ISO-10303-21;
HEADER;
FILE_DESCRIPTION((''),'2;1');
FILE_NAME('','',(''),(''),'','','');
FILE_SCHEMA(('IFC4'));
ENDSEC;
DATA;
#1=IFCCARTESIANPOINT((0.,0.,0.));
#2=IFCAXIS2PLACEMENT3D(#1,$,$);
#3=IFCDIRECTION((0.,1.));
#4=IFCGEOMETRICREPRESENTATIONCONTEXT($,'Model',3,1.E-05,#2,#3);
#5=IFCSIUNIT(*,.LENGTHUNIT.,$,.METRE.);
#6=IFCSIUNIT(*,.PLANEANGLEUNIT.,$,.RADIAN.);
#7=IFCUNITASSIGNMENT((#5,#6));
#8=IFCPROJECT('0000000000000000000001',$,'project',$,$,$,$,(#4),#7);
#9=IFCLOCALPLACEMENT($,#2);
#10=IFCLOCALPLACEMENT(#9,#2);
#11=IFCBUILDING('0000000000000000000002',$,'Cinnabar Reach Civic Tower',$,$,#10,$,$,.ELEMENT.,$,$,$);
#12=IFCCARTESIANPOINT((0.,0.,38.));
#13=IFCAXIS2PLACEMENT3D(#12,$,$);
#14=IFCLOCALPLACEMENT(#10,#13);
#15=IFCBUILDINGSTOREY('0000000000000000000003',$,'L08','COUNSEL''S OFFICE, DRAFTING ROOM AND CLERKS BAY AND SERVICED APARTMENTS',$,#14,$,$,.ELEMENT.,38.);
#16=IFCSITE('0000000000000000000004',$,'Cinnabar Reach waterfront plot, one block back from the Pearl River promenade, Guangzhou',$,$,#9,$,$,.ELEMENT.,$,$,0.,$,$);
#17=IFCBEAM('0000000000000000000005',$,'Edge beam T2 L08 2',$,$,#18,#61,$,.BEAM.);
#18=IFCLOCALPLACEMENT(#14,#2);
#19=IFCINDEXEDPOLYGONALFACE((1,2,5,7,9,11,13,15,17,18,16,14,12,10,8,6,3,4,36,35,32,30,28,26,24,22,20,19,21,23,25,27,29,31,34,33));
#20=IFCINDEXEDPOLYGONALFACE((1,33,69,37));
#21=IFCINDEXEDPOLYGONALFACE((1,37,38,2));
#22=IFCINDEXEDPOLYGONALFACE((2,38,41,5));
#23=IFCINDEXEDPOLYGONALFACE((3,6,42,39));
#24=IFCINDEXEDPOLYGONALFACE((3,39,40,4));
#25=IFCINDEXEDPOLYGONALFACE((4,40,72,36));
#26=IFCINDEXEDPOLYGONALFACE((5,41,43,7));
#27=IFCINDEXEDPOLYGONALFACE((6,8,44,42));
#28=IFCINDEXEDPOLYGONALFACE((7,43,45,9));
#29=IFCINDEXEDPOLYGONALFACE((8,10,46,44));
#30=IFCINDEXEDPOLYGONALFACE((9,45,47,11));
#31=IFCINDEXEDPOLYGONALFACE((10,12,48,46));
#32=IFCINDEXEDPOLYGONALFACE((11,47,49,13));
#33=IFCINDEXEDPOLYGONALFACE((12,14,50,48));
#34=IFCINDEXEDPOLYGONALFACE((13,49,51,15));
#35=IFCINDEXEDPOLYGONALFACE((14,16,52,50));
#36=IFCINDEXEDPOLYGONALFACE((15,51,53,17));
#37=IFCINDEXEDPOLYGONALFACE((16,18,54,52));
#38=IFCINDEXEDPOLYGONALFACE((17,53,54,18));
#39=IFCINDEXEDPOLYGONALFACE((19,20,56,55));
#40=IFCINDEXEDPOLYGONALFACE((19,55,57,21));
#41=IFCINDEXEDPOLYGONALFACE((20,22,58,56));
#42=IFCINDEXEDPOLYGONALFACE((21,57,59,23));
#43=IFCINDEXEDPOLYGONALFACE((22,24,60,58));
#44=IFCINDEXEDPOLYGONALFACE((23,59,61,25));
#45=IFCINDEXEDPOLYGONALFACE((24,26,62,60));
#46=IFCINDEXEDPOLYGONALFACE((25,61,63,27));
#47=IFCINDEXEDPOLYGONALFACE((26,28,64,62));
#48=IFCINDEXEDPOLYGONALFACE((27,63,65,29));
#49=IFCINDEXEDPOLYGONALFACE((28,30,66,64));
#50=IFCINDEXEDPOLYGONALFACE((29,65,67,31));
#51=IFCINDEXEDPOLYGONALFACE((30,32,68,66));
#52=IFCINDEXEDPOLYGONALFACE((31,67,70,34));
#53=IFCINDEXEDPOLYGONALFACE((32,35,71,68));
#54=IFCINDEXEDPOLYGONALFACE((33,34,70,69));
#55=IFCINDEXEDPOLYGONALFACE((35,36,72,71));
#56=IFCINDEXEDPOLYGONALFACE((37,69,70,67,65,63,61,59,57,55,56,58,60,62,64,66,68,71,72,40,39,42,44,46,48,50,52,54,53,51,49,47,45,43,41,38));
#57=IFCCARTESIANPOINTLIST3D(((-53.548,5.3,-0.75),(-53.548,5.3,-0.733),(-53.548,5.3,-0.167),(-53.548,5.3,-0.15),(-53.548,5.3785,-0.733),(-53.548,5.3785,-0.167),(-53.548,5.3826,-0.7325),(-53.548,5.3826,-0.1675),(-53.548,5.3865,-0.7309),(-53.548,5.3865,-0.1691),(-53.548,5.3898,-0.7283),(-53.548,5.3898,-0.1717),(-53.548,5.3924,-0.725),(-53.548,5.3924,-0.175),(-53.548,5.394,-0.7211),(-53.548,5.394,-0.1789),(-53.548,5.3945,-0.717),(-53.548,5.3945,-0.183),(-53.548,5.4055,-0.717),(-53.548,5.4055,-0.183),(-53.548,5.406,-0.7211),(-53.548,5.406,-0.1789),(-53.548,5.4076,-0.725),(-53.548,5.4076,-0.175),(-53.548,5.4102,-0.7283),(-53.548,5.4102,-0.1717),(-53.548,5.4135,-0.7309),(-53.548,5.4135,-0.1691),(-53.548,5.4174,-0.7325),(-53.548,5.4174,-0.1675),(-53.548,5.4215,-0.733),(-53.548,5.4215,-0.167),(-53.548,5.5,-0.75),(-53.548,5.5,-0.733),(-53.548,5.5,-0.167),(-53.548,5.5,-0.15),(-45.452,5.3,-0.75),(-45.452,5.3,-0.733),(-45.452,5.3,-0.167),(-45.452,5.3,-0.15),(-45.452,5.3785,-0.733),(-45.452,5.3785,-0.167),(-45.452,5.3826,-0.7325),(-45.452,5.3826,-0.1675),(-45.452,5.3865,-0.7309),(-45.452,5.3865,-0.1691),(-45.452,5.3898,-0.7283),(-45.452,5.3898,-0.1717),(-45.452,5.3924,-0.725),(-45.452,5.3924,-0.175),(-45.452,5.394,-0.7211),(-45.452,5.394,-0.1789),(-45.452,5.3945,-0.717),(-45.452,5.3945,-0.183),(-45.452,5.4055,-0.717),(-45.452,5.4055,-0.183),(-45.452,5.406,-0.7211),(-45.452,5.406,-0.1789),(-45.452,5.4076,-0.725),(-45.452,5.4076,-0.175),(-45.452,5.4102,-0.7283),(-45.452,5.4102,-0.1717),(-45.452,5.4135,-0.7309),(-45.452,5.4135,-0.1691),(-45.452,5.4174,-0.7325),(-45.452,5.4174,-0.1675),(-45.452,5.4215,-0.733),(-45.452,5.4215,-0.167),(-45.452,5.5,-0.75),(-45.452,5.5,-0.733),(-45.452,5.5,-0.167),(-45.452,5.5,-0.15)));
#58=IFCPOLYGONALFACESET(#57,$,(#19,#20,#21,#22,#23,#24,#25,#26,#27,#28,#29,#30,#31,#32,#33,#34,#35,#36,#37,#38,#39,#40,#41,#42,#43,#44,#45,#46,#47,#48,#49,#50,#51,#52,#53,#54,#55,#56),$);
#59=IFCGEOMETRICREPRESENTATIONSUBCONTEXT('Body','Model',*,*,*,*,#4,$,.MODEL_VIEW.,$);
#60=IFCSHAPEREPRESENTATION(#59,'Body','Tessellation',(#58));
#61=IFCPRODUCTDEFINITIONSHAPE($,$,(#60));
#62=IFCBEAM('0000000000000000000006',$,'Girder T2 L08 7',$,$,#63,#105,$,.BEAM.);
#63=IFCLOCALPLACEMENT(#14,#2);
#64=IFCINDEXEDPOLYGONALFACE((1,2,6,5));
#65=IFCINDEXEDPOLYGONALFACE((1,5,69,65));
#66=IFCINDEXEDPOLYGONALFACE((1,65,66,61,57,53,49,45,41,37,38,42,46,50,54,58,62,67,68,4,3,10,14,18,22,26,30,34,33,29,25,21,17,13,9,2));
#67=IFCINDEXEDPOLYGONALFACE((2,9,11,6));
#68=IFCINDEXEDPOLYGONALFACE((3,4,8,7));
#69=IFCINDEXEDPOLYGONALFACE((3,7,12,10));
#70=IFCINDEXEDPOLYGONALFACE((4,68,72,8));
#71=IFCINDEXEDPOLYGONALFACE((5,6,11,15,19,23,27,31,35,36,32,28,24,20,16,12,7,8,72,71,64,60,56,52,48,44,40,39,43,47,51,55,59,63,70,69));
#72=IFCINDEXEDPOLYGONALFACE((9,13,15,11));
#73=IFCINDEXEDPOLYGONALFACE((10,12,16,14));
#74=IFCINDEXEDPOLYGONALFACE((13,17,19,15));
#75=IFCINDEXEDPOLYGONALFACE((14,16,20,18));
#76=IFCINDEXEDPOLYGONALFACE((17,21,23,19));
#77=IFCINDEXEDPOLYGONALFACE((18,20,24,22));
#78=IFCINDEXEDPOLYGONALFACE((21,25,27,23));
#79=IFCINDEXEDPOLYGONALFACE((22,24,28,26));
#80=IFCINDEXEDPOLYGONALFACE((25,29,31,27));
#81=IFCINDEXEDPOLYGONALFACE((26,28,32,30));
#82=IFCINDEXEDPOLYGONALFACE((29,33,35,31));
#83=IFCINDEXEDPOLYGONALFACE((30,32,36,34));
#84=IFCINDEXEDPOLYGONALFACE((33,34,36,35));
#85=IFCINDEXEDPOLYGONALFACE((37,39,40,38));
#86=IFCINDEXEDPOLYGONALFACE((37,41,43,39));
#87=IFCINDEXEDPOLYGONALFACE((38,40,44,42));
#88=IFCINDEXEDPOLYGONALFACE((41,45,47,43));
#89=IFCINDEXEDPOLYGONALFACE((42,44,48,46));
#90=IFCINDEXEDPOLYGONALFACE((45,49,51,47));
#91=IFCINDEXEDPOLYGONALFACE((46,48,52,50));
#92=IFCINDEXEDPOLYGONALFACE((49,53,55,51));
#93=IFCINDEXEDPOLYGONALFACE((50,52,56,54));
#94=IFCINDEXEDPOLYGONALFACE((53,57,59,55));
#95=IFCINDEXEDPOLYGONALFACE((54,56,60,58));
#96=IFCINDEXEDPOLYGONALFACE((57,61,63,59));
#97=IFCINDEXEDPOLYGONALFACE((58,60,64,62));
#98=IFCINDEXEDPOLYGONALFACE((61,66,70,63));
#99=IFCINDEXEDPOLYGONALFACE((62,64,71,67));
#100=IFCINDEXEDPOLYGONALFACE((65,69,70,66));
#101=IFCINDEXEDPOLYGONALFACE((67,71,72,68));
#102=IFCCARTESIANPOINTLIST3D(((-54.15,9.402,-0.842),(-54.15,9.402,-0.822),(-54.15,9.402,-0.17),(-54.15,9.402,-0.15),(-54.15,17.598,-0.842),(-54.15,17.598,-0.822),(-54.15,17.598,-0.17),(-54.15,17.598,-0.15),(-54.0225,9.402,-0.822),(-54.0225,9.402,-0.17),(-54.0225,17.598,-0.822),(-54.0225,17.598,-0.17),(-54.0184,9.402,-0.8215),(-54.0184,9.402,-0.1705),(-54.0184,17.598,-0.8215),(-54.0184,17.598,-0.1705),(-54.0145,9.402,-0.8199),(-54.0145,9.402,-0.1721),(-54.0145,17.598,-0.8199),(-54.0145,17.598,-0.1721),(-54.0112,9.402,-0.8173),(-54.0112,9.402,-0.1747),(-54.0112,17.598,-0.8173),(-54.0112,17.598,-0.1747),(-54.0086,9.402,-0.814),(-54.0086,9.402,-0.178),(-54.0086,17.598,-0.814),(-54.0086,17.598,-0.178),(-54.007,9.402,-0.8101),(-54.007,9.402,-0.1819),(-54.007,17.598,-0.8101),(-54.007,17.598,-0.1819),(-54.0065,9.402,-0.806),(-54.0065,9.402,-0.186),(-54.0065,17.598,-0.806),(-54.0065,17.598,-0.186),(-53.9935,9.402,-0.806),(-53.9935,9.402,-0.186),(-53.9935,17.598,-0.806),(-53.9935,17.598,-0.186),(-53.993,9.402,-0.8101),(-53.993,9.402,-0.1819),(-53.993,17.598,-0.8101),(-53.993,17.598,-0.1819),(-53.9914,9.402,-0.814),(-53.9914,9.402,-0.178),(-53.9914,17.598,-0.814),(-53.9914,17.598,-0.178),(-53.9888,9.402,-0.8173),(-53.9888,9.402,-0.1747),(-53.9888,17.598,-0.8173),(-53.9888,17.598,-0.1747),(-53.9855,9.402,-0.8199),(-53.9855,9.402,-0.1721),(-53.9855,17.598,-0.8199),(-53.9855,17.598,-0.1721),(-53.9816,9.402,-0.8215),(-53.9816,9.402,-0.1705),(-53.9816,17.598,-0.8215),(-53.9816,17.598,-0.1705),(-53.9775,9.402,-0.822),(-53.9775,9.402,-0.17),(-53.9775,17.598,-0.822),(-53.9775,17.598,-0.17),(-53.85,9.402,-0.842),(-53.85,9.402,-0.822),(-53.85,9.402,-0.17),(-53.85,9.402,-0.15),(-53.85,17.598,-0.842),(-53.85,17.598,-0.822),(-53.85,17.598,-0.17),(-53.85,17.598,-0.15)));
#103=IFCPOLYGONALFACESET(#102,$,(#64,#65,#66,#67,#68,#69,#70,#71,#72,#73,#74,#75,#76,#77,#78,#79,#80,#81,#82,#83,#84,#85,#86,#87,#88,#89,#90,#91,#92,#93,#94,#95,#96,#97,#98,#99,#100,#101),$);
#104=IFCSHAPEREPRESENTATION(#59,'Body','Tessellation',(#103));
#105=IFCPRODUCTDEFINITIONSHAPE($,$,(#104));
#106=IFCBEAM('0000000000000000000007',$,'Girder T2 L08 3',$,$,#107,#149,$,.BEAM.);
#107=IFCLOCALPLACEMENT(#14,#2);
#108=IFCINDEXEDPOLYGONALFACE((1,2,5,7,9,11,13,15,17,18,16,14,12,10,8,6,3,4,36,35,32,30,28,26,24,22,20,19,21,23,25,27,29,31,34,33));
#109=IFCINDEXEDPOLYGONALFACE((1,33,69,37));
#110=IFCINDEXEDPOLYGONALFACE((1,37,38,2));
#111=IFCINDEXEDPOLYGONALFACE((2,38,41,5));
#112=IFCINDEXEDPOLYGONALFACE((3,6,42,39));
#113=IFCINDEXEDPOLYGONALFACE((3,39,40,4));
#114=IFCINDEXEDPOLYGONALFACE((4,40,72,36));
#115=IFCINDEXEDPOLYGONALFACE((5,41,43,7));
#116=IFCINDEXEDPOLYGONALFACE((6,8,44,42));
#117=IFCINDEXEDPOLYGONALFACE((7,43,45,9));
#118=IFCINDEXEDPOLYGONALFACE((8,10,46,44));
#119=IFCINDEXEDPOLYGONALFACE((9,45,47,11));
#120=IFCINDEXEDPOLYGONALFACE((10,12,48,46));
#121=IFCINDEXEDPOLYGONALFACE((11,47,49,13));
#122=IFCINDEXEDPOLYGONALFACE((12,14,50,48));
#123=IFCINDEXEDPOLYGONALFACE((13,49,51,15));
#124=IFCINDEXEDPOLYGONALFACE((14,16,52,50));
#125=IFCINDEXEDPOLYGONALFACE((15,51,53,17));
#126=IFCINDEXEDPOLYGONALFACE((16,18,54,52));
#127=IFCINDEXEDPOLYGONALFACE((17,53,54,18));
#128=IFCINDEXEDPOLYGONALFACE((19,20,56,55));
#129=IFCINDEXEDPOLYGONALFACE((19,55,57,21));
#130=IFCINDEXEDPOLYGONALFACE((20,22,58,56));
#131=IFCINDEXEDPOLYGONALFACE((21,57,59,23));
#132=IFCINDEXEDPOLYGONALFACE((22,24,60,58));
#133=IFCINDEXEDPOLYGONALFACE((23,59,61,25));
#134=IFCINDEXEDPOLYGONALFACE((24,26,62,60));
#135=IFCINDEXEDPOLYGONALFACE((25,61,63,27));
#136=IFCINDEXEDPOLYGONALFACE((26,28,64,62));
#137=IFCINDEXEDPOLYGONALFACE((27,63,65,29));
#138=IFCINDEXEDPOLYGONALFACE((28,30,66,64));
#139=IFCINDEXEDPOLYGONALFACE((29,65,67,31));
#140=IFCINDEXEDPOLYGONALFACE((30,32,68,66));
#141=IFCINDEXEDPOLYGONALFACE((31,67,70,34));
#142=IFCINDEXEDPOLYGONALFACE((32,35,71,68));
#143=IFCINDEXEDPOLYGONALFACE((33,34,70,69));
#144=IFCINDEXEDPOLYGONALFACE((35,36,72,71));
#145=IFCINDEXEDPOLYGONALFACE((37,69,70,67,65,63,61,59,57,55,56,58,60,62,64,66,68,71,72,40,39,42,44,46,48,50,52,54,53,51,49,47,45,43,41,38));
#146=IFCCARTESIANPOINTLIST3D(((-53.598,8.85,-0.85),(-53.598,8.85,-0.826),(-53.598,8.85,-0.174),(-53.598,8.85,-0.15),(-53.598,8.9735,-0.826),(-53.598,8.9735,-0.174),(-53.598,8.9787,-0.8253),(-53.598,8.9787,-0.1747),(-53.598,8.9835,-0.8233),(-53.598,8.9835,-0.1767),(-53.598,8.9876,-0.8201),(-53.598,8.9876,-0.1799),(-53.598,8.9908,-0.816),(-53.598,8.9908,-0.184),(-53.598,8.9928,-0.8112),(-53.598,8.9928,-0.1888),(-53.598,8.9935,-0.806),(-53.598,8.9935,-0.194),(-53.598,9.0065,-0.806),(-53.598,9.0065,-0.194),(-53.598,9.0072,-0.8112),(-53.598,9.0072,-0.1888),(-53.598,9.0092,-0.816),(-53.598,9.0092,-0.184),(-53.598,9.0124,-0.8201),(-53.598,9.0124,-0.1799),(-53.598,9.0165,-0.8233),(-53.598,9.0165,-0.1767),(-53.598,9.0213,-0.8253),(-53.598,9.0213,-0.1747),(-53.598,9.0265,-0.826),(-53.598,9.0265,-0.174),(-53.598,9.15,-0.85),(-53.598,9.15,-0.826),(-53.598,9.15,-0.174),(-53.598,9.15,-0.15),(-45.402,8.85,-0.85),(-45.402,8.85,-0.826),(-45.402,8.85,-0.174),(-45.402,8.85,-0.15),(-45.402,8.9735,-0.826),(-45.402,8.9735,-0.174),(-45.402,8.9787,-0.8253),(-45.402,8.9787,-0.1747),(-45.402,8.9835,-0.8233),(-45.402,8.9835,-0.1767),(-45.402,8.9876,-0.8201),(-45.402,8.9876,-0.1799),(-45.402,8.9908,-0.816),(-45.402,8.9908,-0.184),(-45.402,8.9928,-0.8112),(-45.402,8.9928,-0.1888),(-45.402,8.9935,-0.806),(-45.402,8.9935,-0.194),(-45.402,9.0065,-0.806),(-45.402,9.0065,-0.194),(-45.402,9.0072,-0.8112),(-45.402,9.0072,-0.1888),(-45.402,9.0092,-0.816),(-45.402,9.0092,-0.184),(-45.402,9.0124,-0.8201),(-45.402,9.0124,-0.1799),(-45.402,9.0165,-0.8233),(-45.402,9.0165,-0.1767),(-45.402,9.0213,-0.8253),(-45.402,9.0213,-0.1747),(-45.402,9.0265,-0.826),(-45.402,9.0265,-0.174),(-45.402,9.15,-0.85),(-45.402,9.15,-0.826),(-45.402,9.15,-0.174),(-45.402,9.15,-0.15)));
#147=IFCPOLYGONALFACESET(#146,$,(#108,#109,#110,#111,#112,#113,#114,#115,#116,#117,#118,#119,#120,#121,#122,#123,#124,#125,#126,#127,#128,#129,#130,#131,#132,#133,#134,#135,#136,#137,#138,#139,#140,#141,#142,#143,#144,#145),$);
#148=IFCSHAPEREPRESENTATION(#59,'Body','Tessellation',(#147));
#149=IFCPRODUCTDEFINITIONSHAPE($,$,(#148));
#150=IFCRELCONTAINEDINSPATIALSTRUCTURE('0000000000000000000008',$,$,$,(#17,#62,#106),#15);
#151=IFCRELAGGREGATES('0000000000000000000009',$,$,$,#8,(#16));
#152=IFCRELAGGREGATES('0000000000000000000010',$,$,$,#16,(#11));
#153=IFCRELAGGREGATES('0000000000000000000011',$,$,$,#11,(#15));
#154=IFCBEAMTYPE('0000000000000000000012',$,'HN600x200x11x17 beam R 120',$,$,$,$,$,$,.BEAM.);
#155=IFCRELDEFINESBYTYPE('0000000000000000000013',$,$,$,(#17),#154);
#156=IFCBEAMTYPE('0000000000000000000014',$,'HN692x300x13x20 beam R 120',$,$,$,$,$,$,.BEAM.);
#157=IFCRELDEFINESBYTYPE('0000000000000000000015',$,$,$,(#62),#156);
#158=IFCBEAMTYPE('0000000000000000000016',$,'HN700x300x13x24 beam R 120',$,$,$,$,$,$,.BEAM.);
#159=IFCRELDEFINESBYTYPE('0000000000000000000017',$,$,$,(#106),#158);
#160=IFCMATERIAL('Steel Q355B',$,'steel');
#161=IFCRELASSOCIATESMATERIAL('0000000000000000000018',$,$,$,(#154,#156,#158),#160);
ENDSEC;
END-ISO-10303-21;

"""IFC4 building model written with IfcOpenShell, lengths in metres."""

from ifc_helpers import new_model, si_unit, direction, frame, origin, origin_2d, place, context, subcontext, project, spatial, i_section, extrude, material, material_profile, profile_set, type_object, element, save


model = new_model("IFC4")

# Units and contexts
model_context = context("Model", 3, precision=1e-05, world=origin(), true_north=direction((0.0, 1.0)))
body_context = subcontext(model_context, "Body", "Model", "MODEL_VIEW")
ifc_project = project(units=[si_unit("LENGTHUNIT", "METRE"), si_unit("PLANEANGLEUNIT", "RADIAN")], contexts=[model_context])

# Site, building, storey
site_placement = place(None, origin())
site = spatial("IfcSite", under=ifc_project, at=site_placement, Name="Cinnabar Reach waterfront plot, one block back from the Pearl River promenade, Guangzhou", CompositionType="ELEMENT", RefElevation=0.0)
building_placement = place(site_placement, origin())
building = spatial("IfcBuilding", under=site, at=building_placement, Name="Cinnabar Reach Civic Tower", CompositionType="ELEMENT")
storey_placement = place(building_placement, frame((0.0, 0.0, 38.0)))
storey = spatial("IfcBuildingStorey", under=building, at=storey_placement, Name="L08", Description="COUNSEL'S OFFICE, DRAFTING ROOM AND CLERKS BAY AND SERVICED APARTMENTS", CompositionType="ELEMENT", Elevation=38.0)

# Beams
ifc_material_1 = material(Name="Steel Q355B", Category="steel")
ifc_material_profile_1 = material_profile(ifc_material_1, i_section(OverallWidth=0.2, OverallDepth=0.6, WebThickness=0.011, FlangeThickness=0.017, FilletRadius=0.016, at=origin_2d()), Name="HN600x200x11x17")
ifc_profile_set_1 = profile_set([ifc_material_profile_1], Name="Steel Q355B")
beam_type_1 = type_object("IfcBeamType", Name="HN600x200x11x17 beam R 120", PredefinedType="BEAM", material=ifc_profile_set_1)
beam_1_placement = place(storey_placement, frame((-53.548, 5.4, -0.45), z_axis=(1.0, 0.0, 0.0), x_axis=(0.0, 1.0, 0.0)))
element("IfcBeam", 1, at=beam_1_placement, inside=storey, type_object=beam_type_1, Name="Edge beam T2 L08 2", PredefinedType="BEAM", context=body_context, shape_type="SweptSolid", body=[
    extrude(i_section(OverallWidth=0.2, OverallDepth=0.6, WebThickness=0.011, FlangeThickness=0.017, FilletRadius=0.016, at=origin_2d()), origin(), (0.0, 0.0, 1.0), 8.096),
])
ifc_material_profile_2 = material_profile(ifc_material_1, i_section(OverallWidth=0.3, OverallDepth=0.692, WebThickness=0.013, FlangeThickness=0.02, FilletRadius=0.016, at=origin_2d()), Name="HN692x300x13x20")
ifc_profile_set_2 = profile_set([ifc_material_profile_2], Name="Steel Q355B")
beam_type_2 = type_object("IfcBeamType", Name="HN692x300x13x20 beam R 120", PredefinedType="BEAM", material=ifc_profile_set_2)
beam_2_placement = place(storey_placement, frame((-54.0, 9.402, -0.496), z_axis=(0.0, 1.0, 0.0), x_axis=(-1.0, 0.0, 0.0)))
element("IfcBeam", 2, at=beam_2_placement, inside=storey, type_object=beam_type_2, Name="Girder T2 L08 7", PredefinedType="BEAM", context=body_context, shape_type="SweptSolid", body=[
    extrude(i_section(OverallWidth=0.3, OverallDepth=0.692, WebThickness=0.013, FlangeThickness=0.02, FilletRadius=0.016, at=origin_2d()), origin(), (0.0, 0.0, 1.0), 8.196),
])
ifc_material_profile_3 = material_profile(ifc_material_1, i_section(OverallWidth=0.3, OverallDepth=0.7, WebThickness=0.013, FlangeThickness=0.024, FilletRadius=0.02, at=origin_2d()), Name="HN700x300x13x24")
ifc_profile_set_3 = profile_set([ifc_material_profile_3], Name="Steel Q355B")
beam_type_3 = type_object("IfcBeamType", Name="HN700x300x13x24 beam R 120", PredefinedType="BEAM", material=ifc_profile_set_3)
beam_3_placement = place(storey_placement, frame((-53.598, 9.0, -0.5), z_axis=(1.0, 0.0, 0.0), x_axis=(0.0, 1.0, 0.0)))
element("IfcBeam", 3, at=beam_3_placement, inside=storey, type_object=beam_type_3, Name="Girder T2 L08 3", PredefinedType="BEAM", context=body_context, shape_type="SweptSolid", body=[
    extrude(i_section(OverallWidth=0.3, OverallDepth=0.7, WebThickness=0.013, FlangeThickness=0.024, FilletRadius=0.02, at=origin_2d()), origin(), (0.0, 0.0, 1.0), 8.196),
])

save(model, "model.ifc")
